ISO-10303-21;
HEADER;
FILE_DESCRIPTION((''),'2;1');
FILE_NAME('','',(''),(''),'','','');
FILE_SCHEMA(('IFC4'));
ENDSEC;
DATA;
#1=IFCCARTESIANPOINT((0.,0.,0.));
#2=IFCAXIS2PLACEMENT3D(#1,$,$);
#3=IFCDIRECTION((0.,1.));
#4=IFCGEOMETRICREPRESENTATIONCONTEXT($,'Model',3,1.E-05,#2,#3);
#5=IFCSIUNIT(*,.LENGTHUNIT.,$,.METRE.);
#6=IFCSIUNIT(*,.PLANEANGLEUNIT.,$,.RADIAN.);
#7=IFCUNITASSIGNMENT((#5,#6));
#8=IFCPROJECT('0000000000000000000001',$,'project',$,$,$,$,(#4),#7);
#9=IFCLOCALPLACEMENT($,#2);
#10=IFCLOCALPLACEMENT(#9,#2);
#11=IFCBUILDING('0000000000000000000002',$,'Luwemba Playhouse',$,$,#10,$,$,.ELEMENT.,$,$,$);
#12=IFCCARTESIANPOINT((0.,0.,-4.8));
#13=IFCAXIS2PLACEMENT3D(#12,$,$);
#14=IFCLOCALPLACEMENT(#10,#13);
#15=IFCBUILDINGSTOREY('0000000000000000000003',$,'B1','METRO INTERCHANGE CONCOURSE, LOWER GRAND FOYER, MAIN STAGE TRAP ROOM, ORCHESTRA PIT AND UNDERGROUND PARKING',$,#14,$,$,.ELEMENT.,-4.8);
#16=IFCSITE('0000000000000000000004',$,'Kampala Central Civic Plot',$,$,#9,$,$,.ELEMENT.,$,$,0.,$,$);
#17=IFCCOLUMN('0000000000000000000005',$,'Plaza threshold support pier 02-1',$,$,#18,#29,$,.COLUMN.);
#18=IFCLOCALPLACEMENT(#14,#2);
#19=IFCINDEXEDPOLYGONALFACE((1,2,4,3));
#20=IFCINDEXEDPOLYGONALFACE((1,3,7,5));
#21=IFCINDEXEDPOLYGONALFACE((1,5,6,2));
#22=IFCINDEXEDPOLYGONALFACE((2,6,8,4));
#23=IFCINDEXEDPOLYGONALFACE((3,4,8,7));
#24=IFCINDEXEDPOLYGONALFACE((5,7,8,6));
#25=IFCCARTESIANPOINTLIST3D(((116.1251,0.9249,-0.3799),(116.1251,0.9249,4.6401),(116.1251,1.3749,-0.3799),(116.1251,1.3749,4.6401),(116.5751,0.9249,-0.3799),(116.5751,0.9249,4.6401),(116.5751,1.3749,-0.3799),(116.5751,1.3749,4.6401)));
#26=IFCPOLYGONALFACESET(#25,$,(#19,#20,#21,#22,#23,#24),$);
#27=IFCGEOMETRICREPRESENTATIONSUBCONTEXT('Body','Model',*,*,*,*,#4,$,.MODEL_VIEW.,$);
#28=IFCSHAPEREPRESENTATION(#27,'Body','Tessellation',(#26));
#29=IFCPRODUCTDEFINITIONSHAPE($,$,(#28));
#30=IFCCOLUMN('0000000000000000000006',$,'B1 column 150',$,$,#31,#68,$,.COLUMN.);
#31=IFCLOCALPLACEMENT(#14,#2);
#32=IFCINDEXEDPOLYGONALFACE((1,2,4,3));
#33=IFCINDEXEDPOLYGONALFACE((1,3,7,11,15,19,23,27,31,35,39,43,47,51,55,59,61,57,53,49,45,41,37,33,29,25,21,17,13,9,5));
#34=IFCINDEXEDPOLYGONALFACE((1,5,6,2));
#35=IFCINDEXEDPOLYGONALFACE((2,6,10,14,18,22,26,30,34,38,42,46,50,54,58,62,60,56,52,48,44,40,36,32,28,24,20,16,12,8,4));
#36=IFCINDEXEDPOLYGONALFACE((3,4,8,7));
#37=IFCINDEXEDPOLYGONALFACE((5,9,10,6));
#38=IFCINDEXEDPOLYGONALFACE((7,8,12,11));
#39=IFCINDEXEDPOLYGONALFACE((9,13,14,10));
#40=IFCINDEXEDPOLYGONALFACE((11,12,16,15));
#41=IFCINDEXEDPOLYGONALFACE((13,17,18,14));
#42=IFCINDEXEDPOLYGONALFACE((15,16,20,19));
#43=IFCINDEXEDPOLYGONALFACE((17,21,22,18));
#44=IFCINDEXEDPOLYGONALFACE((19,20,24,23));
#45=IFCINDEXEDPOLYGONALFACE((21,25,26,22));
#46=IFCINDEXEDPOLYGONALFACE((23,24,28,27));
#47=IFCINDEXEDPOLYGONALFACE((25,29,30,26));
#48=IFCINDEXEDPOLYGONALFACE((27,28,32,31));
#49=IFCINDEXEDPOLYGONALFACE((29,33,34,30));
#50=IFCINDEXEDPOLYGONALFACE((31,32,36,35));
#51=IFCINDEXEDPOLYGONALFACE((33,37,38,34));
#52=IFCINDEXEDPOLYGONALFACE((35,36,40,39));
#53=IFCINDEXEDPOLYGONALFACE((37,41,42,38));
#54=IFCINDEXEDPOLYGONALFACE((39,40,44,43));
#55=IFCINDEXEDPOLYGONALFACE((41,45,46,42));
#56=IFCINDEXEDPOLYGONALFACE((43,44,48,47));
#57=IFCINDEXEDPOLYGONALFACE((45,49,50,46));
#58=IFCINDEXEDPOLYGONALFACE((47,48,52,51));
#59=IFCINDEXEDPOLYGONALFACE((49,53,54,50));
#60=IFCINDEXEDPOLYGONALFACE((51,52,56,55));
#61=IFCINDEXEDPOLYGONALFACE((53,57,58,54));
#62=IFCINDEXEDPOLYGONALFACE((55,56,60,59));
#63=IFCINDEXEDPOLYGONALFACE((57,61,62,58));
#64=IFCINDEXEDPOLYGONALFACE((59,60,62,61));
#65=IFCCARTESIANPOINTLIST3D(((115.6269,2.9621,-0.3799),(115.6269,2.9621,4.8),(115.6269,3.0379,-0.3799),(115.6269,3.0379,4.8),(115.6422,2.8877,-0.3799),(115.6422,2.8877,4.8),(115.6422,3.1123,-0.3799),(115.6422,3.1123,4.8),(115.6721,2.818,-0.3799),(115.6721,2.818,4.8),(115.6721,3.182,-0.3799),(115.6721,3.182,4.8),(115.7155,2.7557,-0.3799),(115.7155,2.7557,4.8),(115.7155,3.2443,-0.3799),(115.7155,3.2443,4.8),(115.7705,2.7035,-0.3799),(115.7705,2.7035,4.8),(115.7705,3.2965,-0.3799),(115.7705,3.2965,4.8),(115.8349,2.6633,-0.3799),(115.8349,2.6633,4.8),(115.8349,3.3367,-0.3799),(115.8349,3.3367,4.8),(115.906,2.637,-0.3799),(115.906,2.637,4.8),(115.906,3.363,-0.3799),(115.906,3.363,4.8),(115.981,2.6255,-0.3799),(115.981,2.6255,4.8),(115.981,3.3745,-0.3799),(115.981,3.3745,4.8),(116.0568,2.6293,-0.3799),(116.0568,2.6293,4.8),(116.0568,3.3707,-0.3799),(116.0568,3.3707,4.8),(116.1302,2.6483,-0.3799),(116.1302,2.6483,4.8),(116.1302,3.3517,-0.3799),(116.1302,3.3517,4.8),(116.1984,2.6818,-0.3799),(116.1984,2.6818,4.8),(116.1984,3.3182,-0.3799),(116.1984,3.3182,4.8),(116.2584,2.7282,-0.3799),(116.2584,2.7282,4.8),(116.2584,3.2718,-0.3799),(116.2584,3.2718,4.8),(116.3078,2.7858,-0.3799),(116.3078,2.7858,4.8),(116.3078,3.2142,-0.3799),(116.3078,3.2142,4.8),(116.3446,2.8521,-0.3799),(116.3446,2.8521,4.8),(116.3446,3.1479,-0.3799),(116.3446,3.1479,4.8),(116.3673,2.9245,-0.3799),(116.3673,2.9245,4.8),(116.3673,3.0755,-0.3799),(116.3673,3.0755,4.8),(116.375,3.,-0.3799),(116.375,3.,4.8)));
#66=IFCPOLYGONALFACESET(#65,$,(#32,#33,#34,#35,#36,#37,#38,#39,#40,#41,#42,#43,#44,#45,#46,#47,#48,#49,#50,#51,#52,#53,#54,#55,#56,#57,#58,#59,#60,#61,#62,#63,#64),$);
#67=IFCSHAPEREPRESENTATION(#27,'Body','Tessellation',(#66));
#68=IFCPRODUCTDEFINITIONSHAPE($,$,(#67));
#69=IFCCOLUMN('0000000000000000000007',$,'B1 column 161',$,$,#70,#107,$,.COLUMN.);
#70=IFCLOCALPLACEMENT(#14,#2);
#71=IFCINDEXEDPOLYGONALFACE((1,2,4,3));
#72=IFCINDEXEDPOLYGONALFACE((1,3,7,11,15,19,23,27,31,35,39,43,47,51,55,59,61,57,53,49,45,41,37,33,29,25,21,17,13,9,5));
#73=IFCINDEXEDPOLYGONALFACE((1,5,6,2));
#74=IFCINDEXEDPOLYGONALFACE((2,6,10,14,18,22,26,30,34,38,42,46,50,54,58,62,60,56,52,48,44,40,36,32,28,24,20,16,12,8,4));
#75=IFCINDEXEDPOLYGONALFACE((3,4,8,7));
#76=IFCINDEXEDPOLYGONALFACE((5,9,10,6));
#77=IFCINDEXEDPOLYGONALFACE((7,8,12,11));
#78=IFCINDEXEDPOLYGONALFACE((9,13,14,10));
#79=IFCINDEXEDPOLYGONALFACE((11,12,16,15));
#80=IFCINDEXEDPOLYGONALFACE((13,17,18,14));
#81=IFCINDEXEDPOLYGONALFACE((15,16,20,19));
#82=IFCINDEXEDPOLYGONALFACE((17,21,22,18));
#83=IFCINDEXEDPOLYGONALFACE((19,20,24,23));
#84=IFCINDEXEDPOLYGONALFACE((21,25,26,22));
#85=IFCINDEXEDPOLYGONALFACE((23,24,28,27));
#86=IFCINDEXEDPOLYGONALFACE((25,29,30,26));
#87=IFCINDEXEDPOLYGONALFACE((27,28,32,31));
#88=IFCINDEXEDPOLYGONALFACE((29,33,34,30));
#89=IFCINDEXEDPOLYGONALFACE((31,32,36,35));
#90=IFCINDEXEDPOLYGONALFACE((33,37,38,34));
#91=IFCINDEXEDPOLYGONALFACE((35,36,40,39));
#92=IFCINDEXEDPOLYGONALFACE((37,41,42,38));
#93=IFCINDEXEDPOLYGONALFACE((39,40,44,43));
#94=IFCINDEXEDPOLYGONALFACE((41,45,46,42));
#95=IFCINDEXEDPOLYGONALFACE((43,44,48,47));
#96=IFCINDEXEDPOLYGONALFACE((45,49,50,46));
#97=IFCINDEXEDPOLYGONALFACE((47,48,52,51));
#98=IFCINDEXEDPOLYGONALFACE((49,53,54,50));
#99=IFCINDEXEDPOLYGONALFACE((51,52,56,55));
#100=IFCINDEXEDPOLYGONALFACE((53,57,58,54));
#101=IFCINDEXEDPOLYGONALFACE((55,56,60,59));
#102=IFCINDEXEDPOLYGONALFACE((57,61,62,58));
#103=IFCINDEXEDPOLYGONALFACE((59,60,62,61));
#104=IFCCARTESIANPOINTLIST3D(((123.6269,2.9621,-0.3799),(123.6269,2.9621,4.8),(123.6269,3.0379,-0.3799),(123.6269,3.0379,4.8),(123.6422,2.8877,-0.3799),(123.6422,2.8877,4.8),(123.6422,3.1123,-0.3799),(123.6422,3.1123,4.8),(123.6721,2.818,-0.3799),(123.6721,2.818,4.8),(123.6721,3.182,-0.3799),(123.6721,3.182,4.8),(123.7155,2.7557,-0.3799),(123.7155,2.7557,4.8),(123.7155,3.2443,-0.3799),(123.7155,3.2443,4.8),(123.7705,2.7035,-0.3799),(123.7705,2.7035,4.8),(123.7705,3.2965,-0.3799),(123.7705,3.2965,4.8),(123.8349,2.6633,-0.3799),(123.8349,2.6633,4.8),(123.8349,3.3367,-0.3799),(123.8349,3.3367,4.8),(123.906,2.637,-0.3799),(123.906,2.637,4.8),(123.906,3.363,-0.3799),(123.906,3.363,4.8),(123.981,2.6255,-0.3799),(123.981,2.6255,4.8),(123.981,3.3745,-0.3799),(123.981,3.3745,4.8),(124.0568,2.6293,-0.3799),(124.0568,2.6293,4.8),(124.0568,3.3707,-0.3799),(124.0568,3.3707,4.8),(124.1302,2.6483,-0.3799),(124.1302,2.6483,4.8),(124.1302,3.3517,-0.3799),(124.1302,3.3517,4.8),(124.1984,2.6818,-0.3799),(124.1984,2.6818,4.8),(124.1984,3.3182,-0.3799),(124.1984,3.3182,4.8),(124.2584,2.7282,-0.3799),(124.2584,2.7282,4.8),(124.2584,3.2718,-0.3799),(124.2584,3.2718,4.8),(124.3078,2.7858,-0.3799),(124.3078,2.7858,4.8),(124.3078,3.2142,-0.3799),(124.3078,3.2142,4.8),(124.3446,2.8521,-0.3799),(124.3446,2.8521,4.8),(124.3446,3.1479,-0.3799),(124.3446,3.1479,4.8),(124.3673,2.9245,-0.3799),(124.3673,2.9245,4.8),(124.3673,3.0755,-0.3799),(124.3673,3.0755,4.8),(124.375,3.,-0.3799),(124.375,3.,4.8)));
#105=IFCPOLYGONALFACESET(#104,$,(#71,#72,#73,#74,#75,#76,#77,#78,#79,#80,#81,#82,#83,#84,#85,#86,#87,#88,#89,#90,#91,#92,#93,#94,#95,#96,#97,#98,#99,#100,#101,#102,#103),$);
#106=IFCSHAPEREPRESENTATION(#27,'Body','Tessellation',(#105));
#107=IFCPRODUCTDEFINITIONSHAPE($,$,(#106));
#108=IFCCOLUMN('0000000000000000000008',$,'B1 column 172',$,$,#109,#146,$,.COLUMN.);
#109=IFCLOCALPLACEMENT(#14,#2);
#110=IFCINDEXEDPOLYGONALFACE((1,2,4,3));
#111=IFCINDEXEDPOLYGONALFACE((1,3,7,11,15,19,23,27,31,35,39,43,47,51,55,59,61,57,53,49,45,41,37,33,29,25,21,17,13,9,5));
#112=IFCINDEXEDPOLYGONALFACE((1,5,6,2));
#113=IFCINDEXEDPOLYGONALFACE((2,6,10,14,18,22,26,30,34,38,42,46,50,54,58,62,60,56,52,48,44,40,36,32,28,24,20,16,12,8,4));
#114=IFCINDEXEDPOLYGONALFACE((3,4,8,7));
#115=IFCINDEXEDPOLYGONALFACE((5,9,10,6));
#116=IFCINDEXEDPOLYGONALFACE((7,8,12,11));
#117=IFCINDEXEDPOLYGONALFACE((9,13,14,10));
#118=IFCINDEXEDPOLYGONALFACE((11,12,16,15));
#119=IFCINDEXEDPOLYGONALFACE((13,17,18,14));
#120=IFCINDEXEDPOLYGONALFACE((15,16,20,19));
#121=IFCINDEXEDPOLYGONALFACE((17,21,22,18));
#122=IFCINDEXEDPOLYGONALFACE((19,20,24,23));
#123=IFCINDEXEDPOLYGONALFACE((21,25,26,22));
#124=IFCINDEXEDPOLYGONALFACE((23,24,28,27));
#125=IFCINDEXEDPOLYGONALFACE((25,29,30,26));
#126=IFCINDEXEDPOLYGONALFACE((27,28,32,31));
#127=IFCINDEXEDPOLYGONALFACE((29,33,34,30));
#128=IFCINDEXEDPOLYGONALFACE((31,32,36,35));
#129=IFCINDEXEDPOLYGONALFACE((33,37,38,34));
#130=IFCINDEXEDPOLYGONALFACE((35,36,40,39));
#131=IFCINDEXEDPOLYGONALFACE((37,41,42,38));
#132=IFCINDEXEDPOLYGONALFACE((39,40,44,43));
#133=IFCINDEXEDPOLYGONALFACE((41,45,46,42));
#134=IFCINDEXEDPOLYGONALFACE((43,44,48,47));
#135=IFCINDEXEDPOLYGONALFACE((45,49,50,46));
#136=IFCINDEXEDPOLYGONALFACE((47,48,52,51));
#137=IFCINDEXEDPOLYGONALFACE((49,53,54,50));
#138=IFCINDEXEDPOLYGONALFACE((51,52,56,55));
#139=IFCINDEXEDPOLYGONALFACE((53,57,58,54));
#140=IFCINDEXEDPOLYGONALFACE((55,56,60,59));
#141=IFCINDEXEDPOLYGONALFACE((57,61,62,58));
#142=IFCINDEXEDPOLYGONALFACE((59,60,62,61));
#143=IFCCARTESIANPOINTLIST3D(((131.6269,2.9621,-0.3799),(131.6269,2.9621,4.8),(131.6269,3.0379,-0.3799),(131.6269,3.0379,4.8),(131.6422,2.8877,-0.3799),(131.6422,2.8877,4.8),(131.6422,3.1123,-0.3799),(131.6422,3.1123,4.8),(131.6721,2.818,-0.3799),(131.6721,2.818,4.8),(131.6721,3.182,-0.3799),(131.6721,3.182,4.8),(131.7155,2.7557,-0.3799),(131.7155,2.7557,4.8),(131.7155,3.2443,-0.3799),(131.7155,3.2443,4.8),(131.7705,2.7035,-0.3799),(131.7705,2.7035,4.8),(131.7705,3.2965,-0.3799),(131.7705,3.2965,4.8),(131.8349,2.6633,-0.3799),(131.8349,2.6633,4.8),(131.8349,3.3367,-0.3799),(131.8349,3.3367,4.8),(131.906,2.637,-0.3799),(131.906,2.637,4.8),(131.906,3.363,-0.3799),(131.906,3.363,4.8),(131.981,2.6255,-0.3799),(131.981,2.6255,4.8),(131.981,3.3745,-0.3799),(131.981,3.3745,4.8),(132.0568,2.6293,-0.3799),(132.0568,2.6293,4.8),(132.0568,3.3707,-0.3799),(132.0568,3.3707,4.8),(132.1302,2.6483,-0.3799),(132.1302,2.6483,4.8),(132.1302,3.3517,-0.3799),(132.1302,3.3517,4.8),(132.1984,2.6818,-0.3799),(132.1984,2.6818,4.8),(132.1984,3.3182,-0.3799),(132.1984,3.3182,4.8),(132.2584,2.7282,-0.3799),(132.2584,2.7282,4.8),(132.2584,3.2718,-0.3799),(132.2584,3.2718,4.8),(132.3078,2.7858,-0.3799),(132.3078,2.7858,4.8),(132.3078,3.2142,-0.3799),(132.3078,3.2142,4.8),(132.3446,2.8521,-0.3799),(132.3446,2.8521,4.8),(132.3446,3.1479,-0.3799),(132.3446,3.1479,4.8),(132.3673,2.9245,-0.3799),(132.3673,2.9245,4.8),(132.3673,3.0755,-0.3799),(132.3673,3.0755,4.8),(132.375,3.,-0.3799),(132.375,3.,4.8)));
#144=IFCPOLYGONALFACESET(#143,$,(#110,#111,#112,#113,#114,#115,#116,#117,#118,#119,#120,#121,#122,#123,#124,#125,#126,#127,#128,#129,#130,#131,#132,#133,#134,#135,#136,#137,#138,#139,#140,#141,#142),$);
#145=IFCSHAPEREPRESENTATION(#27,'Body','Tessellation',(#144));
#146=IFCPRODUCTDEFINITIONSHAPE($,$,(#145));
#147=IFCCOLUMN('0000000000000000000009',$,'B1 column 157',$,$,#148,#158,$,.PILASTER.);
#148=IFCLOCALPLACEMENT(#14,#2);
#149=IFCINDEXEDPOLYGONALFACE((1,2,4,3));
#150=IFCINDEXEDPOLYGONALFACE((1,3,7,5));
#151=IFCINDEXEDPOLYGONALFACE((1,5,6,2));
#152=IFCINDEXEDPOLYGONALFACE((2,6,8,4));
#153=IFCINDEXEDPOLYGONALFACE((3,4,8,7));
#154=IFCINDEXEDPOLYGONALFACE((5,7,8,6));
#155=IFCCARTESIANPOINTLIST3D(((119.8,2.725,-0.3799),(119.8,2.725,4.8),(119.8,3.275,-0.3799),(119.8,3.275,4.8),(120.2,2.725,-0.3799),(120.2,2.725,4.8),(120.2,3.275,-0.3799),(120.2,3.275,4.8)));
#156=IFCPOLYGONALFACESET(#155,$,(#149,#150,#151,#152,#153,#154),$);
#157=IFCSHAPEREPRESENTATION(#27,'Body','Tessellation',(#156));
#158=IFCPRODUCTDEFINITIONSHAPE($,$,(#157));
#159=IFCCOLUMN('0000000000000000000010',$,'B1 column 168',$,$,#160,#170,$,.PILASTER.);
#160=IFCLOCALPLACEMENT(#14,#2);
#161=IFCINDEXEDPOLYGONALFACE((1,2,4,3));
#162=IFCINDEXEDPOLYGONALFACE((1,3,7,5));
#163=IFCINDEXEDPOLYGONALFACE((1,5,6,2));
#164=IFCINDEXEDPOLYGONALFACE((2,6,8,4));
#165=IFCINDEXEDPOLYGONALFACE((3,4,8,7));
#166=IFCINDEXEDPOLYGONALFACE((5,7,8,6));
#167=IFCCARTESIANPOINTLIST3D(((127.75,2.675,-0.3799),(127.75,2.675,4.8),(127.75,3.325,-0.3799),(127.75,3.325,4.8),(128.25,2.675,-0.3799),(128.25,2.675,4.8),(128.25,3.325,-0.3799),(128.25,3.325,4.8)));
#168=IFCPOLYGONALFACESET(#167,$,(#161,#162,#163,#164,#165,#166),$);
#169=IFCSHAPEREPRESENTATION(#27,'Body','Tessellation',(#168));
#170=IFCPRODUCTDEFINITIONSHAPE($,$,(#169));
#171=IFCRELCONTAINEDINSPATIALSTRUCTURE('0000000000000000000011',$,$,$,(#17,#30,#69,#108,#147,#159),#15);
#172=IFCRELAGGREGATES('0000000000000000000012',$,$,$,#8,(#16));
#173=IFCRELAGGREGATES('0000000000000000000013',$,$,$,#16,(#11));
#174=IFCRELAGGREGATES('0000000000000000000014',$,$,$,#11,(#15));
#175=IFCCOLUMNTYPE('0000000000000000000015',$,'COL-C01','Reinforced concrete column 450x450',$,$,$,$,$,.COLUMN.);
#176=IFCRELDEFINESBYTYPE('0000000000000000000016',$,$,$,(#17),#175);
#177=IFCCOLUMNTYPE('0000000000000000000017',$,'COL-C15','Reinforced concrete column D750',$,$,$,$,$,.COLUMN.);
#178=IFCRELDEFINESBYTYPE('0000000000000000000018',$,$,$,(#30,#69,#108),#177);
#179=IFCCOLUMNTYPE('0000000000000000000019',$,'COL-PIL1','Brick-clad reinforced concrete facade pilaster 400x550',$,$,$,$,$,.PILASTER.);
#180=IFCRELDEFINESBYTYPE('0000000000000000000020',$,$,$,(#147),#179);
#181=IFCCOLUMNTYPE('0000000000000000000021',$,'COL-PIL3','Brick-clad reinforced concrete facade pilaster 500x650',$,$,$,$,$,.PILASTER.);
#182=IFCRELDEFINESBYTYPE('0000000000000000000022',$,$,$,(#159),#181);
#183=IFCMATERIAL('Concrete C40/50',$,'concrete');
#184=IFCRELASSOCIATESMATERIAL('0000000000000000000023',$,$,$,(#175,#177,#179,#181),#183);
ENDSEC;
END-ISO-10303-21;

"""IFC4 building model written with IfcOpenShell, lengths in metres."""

from ifc_helpers import new_model, si_unit, direction, frame, origin, origin_2d, place, context, subcontext, project, spatial, rectangle, circle, extrude, material, material_profile, profile_set, type_object, element, save


model = new_model("IFC4")

# Units and contexts
model_context = context("Model", 3, precision=1e-05, world=origin(), true_north=direction((0.0, 1.0)))
body_context = subcontext(model_context, "Body", "Model", "MODEL_VIEW")
ifc_project = project(units=[si_unit("LENGTHUNIT", "METRE"), si_unit("PLANEANGLEUNIT", "RADIAN")], contexts=[model_context])

# Site, building, storey
site_placement = place(None, origin())
site = spatial("IfcSite", under=ifc_project, at=site_placement, Name="Kampala Central Civic Plot", CompositionType="ELEMENT", RefElevation=0.0)
building_placement = place(site_placement, origin())
building = spatial("IfcBuilding", under=site, at=building_placement, Name="Luwemba Playhouse", CompositionType="ELEMENT")
storey_placement = place(building_placement, frame((0.0, 0.0, -4.8)))
storey = spatial("IfcBuildingStorey", under=building, at=storey_placement, Name="B1", Description="METRO INTERCHANGE CONCOURSE, LOWER GRAND FOYER, MAIN STAGE TRAP ROOM, ORCHESTRA PIT AND UNDERGROUND PARKING", CompositionType="ELEMENT", Elevation=-4.8)

# Columns
ifc_material_1 = material(Name="Concrete C40/50", Category="concrete")
ifc_material_profile_1 = material_profile(ifc_material_1, rectangle(XDim=0.45, YDim=0.45, at=origin_2d()))
ifc_profile_set_1 = profile_set([ifc_material_profile_1], Name="Concrete C40/50")
column_type_1 = type_object("IfcColumnType", Name="COL-C01", Description="Reinforced concrete column 450x450", PredefinedType="COLUMN", material=ifc_profile_set_1)
column_1_placement = place(storey_placement, frame((116.3501, 1.1499, -0.3799), z_axis=(0.0, 0.0, 1.0), x_axis=(1.0, 0.0, 0.0)))
element("IfcColumn", 1, at=column_1_placement, inside=storey, type_object=column_type_1, Name="Plaza threshold support pier 02-1", PredefinedType="COLUMN", context=body_context, shape_type="SweptSolid", body=[
    extrude(rectangle(XDim=0.45, YDim=0.45, at=origin_2d()), origin(), (0.0, 0.0, 1.0), 5.02),
])
ifc_material_profile_2 = material_profile(ifc_material_1, circle(Radius=0.375, at=origin_2d()))
ifc_profile_set_2 = profile_set([ifc_material_profile_2], Name="Concrete C40/50")
column_type_2 = type_object("IfcColumnType", Name="COL-C15", Description="Reinforced concrete column D750", PredefinedType="COLUMN", material=ifc_profile_set_2)
for number, where, z_axis, x_axis, name in (
    (2, (116.0, 3.0, -0.3799), (0.0, 0.0, 1.0), (1.0, 0.0, 0.0), "B1 column 150"),
    (3, (124.0, 3.0, -0.3799), (0.0, 0.0, 1.0), (1.0, 0.0, 0.0), "B1 column 161"),
    (4, (132.0, 3.0, -0.3799), (0.0, 0.0, 1.0), (1.0, 0.0, 0.0), "B1 column 172"),
):
    element("IfcColumn", number, at=place(storey_placement, frame(where, z_axis=z_axis, x_axis=x_axis)), inside=storey, type_object=column_type_2, Name=name, PredefinedType="COLUMN", context=body_context, shape_type="SweptSolid", body=[
        extrude(circle(Radius=0.375, at=origin_2d()), origin(), (0.0, 0.0, 1.0), 5.1799),
    ])
ifc_material_profile_3 = material_profile(ifc_material_1, rectangle(XDim=0.3999, YDim=0.55, at=origin_2d()))
ifc_profile_set_3 = profile_set([ifc_material_profile_3], Name="Concrete C40/50")
column_type_3 = type_object("IfcColumnType", Name="COL-PIL1", Description="Brick-clad reinforced concrete facade pilaster 400x550", PredefinedType="PILASTER", material=ifc_profile_set_3)
column_2_placement = place(storey_placement, frame((120.0, 3.0, -0.3799), z_axis=(0.0, 0.0, 1.0), x_axis=(1.0, 0.0, 0.0)))
element("IfcColumn", 5, at=column_2_placement, inside=storey, type_object=column_type_3, Name="B1 column 157", PredefinedType="PILASTER", context=body_context, shape_type="SweptSolid", body=[
    extrude(rectangle(XDim=0.3999, YDim=0.55, at=origin_2d()), origin(), (0.0, 0.0, 1.0), 5.1799),
])
ifc_material_profile_4 = material_profile(ifc_material_1, rectangle(XDim=0.5, YDim=0.6499, at=origin_2d()))
ifc_profile_set_4 = profile_set([ifc_material_profile_4], Name="Concrete C40/50")
column_type_4 = type_object("IfcColumnType", Name="COL-PIL3", Description="Brick-clad reinforced concrete facade pilaster 500x650", PredefinedType="PILASTER", material=ifc_profile_set_4)
column_3_placement = place(storey_placement, frame((128.0, 3.0, -0.3799), z_axis=(0.0, 0.0, 1.0), x_axis=(1.0, 0.0, 0.0)))
element("IfcColumn", 6, at=column_3_placement, inside=storey, type_object=column_type_4, Name="B1 column 168", PredefinedType="PILASTER", context=body_context, shape_type="SweptSolid", body=[
    extrude(rectangle(XDim=0.5, YDim=0.6499, at=origin_2d()), origin(), (0.0, 0.0, 1.0), 5.1799),
])

save(model, "model.ifc")
